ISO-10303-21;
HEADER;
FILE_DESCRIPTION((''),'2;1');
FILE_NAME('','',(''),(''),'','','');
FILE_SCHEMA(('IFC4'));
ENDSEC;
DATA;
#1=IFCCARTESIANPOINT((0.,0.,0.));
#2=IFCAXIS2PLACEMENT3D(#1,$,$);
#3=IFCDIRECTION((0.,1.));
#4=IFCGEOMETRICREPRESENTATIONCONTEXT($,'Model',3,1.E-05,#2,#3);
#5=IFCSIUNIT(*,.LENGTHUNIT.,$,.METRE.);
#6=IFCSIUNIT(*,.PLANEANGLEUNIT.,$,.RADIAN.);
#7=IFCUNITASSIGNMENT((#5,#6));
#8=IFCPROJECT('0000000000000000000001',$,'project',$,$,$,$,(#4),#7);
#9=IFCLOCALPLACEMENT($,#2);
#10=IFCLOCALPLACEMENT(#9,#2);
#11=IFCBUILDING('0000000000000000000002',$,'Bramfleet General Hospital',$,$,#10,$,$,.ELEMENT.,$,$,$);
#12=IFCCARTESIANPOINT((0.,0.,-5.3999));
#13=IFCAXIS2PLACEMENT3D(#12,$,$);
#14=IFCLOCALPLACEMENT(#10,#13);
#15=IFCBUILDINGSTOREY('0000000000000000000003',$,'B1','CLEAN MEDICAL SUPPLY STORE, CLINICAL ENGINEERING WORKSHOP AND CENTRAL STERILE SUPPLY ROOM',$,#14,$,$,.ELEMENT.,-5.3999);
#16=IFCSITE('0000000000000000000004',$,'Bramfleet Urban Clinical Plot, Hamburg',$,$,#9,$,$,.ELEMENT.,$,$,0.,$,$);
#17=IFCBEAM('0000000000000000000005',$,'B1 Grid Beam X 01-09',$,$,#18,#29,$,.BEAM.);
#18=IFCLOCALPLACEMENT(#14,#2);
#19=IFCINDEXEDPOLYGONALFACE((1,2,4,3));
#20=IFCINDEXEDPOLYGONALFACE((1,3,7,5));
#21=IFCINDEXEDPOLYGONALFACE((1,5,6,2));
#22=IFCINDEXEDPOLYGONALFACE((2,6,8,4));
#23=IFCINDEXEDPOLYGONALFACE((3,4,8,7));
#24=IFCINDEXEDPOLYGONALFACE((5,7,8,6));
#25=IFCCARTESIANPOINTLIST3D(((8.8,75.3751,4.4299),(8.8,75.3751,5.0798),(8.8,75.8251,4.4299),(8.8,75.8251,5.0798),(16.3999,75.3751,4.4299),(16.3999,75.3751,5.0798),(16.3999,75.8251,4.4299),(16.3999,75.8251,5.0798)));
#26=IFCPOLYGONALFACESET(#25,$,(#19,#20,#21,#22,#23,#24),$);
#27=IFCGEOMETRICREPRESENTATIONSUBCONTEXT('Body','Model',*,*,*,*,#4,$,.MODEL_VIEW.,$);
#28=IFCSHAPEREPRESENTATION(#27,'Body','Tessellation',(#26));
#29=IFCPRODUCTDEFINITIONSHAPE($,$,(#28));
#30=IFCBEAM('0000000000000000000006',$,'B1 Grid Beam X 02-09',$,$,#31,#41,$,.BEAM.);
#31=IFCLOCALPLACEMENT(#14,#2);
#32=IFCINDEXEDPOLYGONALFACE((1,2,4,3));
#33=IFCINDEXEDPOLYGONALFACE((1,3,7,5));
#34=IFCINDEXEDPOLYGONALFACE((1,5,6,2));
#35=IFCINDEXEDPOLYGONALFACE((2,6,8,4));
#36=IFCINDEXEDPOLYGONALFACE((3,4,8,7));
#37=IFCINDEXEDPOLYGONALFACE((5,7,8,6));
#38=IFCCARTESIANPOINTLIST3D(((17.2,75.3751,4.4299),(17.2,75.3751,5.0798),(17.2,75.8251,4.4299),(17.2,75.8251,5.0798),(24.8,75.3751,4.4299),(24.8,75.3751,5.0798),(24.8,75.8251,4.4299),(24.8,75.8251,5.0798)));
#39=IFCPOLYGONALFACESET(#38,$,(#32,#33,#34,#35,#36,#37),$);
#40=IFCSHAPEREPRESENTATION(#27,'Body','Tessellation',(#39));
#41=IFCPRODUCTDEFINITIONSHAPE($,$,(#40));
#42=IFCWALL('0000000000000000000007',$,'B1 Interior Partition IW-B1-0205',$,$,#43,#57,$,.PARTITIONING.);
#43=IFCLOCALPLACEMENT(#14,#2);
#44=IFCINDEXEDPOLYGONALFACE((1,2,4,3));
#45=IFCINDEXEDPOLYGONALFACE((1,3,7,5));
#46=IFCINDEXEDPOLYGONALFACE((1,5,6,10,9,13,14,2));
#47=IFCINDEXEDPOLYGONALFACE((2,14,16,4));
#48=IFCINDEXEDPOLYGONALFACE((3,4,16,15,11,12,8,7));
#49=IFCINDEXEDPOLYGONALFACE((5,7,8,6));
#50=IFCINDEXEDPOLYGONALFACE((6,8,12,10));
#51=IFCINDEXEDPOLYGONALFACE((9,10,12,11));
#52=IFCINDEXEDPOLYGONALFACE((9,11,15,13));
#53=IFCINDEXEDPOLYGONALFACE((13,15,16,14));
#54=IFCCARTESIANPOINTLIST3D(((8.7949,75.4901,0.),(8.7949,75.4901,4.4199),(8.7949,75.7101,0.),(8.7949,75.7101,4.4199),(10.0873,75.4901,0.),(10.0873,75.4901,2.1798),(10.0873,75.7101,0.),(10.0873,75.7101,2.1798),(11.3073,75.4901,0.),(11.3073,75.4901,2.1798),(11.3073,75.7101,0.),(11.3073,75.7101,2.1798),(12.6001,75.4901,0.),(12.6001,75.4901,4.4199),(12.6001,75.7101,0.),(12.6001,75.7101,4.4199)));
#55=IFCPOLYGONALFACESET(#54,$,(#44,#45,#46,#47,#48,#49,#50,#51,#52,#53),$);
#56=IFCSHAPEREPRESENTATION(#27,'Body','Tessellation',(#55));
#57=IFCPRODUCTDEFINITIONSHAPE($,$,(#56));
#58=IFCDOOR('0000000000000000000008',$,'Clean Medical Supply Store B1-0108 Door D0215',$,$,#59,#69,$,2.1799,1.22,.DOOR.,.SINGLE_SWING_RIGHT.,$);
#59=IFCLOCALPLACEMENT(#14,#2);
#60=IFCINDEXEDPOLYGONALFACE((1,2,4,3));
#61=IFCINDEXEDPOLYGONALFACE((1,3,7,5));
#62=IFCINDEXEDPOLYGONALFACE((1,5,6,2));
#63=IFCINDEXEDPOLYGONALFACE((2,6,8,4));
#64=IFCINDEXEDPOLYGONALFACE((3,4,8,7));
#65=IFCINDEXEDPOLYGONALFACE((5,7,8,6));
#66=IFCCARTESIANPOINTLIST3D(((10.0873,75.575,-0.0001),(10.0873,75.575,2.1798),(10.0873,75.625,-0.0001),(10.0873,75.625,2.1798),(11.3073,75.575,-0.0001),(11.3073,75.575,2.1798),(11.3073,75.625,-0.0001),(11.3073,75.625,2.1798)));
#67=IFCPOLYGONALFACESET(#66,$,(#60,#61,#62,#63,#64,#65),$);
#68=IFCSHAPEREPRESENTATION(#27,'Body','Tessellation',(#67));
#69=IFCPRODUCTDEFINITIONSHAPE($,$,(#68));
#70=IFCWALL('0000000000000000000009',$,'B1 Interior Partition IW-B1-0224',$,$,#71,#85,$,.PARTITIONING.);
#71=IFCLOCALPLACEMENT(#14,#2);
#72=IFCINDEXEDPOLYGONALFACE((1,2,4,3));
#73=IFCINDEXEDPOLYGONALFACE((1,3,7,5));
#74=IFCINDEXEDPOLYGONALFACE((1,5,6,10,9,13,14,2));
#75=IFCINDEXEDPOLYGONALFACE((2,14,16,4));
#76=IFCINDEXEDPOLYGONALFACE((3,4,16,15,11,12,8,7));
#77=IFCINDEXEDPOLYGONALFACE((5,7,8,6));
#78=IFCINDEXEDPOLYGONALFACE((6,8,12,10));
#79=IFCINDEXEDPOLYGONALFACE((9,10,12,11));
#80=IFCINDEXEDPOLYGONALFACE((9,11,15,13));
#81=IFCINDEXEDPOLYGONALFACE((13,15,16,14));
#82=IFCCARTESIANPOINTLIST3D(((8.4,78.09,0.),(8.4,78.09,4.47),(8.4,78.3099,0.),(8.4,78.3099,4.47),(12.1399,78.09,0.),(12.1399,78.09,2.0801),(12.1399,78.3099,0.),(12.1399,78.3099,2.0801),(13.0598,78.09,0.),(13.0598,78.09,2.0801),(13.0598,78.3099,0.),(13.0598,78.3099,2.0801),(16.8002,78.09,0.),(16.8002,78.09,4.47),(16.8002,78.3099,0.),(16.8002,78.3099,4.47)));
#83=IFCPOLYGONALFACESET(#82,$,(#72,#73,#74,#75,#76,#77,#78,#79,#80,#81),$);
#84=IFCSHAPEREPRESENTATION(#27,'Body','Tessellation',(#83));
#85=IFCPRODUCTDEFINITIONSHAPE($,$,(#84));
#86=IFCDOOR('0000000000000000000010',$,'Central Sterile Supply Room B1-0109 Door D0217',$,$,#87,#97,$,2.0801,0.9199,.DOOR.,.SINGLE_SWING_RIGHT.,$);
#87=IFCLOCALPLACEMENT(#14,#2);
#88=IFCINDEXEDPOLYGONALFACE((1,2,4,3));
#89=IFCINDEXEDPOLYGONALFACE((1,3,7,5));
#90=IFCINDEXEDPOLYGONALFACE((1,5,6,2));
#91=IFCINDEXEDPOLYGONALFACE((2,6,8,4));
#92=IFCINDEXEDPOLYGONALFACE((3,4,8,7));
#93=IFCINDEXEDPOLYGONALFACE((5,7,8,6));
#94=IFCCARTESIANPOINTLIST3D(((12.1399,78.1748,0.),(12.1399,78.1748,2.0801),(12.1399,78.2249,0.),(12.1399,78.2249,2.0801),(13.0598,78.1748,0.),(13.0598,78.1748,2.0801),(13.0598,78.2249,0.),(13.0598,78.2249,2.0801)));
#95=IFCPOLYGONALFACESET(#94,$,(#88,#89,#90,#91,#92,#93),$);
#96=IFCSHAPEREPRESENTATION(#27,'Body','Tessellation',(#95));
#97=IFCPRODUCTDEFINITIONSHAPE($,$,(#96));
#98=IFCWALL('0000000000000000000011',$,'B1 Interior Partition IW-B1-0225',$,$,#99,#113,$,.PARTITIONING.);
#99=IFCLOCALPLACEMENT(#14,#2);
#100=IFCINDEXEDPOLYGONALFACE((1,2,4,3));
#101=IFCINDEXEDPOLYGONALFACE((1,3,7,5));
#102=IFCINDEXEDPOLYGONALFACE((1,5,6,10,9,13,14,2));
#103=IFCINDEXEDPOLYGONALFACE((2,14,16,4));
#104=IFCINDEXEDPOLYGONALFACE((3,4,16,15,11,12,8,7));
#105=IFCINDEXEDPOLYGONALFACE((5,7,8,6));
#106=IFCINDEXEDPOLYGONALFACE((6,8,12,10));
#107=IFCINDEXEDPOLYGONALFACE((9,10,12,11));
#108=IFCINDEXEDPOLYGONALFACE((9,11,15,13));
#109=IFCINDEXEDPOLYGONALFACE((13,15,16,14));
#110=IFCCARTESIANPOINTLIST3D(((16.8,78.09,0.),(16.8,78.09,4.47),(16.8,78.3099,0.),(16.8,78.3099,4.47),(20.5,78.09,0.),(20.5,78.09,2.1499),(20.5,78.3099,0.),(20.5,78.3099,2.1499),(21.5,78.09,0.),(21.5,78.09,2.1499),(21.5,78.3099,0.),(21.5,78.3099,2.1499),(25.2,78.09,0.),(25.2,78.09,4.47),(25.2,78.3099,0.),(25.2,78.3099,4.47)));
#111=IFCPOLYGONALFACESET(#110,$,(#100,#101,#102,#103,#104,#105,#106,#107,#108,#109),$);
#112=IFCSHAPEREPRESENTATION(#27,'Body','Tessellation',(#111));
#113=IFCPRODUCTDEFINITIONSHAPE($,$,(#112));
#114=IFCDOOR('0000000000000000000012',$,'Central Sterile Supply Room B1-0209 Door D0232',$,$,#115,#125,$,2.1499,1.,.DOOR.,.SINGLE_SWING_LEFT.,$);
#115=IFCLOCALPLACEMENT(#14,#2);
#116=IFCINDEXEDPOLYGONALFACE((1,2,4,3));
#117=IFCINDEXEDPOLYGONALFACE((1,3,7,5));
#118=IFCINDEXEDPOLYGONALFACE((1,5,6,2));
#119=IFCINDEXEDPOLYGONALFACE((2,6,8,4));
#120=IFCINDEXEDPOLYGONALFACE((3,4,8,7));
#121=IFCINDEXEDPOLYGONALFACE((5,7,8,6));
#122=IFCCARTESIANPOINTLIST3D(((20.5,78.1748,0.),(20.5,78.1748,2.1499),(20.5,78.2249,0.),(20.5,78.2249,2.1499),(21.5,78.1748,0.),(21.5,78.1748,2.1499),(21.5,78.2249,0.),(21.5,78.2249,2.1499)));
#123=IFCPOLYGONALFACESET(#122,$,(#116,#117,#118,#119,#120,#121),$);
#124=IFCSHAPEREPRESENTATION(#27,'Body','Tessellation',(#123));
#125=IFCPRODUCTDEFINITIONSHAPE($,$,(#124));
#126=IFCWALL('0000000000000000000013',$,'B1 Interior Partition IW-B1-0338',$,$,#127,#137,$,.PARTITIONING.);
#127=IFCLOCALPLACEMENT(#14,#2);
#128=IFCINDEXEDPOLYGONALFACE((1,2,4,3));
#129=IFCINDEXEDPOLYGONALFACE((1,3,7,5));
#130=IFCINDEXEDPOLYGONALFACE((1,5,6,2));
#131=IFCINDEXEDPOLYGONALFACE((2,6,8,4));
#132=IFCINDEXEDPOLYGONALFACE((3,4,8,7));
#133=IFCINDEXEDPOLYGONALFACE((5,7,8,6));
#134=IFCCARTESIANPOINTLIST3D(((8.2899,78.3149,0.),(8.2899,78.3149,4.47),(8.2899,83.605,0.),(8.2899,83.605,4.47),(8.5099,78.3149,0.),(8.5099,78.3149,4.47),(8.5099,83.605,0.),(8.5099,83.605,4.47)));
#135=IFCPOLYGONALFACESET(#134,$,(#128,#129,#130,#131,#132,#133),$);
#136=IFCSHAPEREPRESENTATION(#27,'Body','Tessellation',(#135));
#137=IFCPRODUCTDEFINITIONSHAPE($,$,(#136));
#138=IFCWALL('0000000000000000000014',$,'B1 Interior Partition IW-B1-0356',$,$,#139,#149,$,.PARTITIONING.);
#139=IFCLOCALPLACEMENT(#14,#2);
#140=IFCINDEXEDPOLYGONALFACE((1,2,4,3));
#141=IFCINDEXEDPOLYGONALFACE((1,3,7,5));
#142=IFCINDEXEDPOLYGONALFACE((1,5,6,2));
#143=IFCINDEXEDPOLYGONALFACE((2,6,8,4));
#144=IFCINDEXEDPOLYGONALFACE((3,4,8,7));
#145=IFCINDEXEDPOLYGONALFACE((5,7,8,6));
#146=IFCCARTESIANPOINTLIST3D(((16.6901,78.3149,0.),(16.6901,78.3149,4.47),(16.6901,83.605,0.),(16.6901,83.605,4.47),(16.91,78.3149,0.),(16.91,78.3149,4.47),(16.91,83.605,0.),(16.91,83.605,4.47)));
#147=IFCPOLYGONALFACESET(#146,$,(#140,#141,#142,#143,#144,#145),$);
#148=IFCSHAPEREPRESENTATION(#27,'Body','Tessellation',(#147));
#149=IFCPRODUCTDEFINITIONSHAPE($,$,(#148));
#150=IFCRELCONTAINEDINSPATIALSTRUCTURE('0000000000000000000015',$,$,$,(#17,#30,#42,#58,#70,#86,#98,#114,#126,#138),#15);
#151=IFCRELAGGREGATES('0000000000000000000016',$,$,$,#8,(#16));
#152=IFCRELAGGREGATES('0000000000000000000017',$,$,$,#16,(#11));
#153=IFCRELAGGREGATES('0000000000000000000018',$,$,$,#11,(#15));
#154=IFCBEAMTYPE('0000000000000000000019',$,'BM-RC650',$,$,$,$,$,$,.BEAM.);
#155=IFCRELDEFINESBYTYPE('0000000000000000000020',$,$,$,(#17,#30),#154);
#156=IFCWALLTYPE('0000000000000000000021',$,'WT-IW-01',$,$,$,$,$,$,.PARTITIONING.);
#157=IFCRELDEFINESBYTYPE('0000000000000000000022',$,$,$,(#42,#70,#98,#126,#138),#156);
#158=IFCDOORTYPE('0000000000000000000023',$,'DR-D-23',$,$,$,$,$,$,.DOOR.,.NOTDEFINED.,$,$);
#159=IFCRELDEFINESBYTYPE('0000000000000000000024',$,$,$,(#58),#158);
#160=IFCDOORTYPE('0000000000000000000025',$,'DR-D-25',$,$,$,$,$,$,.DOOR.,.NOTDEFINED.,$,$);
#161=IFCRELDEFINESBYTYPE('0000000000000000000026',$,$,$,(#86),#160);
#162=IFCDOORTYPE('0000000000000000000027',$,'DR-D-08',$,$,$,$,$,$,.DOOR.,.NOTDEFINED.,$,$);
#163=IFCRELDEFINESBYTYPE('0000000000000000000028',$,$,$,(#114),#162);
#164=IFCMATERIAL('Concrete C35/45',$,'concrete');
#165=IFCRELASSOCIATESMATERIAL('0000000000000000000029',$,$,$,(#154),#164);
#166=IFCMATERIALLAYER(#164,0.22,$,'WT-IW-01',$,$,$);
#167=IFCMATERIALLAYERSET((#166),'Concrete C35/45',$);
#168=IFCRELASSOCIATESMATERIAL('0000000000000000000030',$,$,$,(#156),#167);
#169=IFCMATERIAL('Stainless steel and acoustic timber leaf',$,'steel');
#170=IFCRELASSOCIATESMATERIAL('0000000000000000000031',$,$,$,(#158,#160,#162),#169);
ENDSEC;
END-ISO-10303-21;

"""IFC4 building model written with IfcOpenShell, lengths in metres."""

from ifc_helpers import new_model, si_unit, direction, frame, frame_2d, origin, origin_2d, place, context, subcontext, project, spatial, rectangle, extrude, material, layer, layer_set, material_profile, profile_set, type_object, element, fill, save


model = new_model("IFC4")

# Units and contexts
model_context = context("Model", 3, precision=1e-05, world=origin(), true_north=direction((0.0, 1.0)))
body_context = subcontext(model_context, "Body", "Model", "MODEL_VIEW")
ifc_project = project(units=[si_unit("LENGTHUNIT", "METRE"), si_unit("PLANEANGLEUNIT", "RADIAN")], contexts=[model_context])

# Site, building, storey
site_placement = place(None, origin())
site = spatial("IfcSite", under=ifc_project, at=site_placement, Name="Bramfleet Urban Clinical Plot, Hamburg", CompositionType="ELEMENT", RefElevation=0.0)
building_placement = place(site_placement, origin())
building = spatial("IfcBuilding", under=site, at=building_placement, Name="Bramfleet General Hospital", CompositionType="ELEMENT")
storey_placement = place(building_placement, frame((0.0, 0.0, -5.3999)))
storey = spatial("IfcBuildingStorey", under=building, at=storey_placement, Name="B1", Description="CLEAN MEDICAL SUPPLY STORE, CLINICAL ENGINEERING WORKSHOP AND CENTRAL STERILE SUPPLY ROOM", CompositionType="ELEMENT", Elevation=-5.3999)

# Shared definitions
ifc_material_1 = material(Name="Concrete C35/45", Category="concrete")

# Beams
ifc_material_profile_1 = material_profile(ifc_material_1, rectangle(XDim=0.45, YDim=0.6499, at=origin_2d()), Name="RC BM 650x450")
ifc_profile_set_1 = profile_set([ifc_material_profile_1], Name="Concrete C35/45")
beam_type_1 = type_object("IfcBeamType", Name="BM-RC650", PredefinedType="BEAM", material=ifc_profile_set_1)
beam_1_placement = place(storey_placement, frame((8.8, 75.6001, 4.7549), z_axis=(1.0, 0.0, 0.0), x_axis=(0.0, 1.0, 0.0)))
element("IfcBeam", 1, at=beam_1_placement, inside=storey, type_object=beam_type_1, Name="B1 Grid Beam X 01-09", PredefinedType="BEAM", context=body_context, shape_type="SweptSolid", body=[
    extrude(rectangle(XDim=0.45, YDim=0.6499, at=origin_2d()), origin(), (0.0, 0.0, 1.0), 7.5999),
])
beam_2_placement = place(storey_placement, frame((17.2, 75.6001, 4.7549), z_axis=(1.0, 0.0, 0.0), x_axis=(0.0, 1.0, 0.0)))
element("IfcBeam", 2, at=beam_2_placement, inside=storey, type_object=beam_type_1, Name="B1 Grid Beam X 02-09", PredefinedType="BEAM", context=body_context, shape_type="SweptSolid", body=[
    extrude(rectangle(XDim=0.45, YDim=0.6499, at=origin_2d()), origin(), (0.0, 0.0, 1.0), 7.6001),
])

# Walls, openings, doors
ifc_layer_1 = layer(ifc_material_1, 0.22, Name="WT-IW-01")
ifc_layer_set_1 = layer_set([ifc_layer_1], Name="Concrete C35/45")
wall_type_1 = type_object("IfcWallType", Name="WT-IW-01", PredefinedType="PARTITIONING", material=ifc_layer_set_1)
wall_1_placement = place(storey_placement, frame((8.7949, 75.6001, 0.0), z_axis=(0.0, 0.0, 1.0), x_axis=(1.0, 0.0, 0.0)))
wall_1 = element("IfcWall", 3, at=wall_1_placement, inside=storey, type_object=wall_type_1, Name="B1 Interior Partition IW-B1-0205", PredefinedType="PARTITIONING", context=body_context, shape_type="SweptSolid", body=[
    extrude(rectangle(XDim=3.8052, YDim=0.22, at=frame_2d((1.9026, 0.0))), origin(), (0.0, 0.0, 1.0), 4.4199),
])
opening_1_placement = place(wall_1_placement, frame((1.2925, 0.0, 0.0)))
opening_1 = element("IfcOpeningElement", 4, at=opening_1_placement, cuts=wall_1, PredefinedType="OPENING", context=body_context, shape_type="SweptSolid", body=[
    extrude(rectangle(XDim=1.22, YDim=2.1799, at=frame_2d((0.6099, 1.0898))), frame((0.0, 0.1199, 0.0), z_axis=(0.0, -1.0, 0.0), x_axis=(1.0, 0.0, 0.0)), (0.0, 0.0, 1.0), 0.24),
])
ifc_material_2 = material(Name="Stainless steel and acoustic timber leaf", Category="steel")
door_type_1 = type_object("IfcDoorType", Name="DR-D-23", OperationType="NOTDEFINED", PredefinedType="DOOR", material=ifc_material_2)
door_1_placement = place(opening_1_placement, origin())
door_1 = element("IfcDoor", 5, at=door_1_placement, inside=storey, type_object=door_type_1, Name="Clean Medical Supply Store B1-0108 Door D0215", OperationType="SINGLE_SWING_RIGHT", OverallHeight=2.1799, OverallWidth=1.22, PredefinedType="DOOR", context=body_context, shape_type="SweptSolid", body=[
    extrude(rectangle(XDim=1.22, YDim=2.1799, at=frame_2d((0.6099, 1.0898))), frame((0.0, 0.0249, 0.0), z_axis=(0.0, -1.0, 0.0), x_axis=(1.0, 0.0, 0.0)), (0.0, 0.0, 1.0), 0.05),
])
fill(opening_1, door_1)
wall_2_placement = place(storey_placement, frame((8.3999, 78.2, 0.0), z_axis=(0.0, 0.0, 1.0), x_axis=(1.0, 0.0, 0.0)))
wall_2 = element("IfcWall", 6, at=wall_2_placement, inside=storey, type_object=wall_type_1, Name="B1 Interior Partition IW-B1-0224", PredefinedType="PARTITIONING", context=body_context, shape_type="SweptSolid", body=[
    extrude(rectangle(XDim=8.4001, YDim=0.22, at=frame_2d((4.2002, 0.0))), origin(), (0.0, 0.0, 1.0), 4.47),
])
opening_2_placement = place(wall_2_placement, frame((3.74, 0.0, 0.0)))
opening_2 = element("IfcOpeningElement", 7, at=opening_2_placement, cuts=wall_2, PredefinedType="OPENING", context=body_context, shape_type="SweptSolid", body=[
    extrude(rectangle(XDim=0.9199, YDim=2.0801, at=frame_2d((0.46, 1.04))), frame((0.0, 0.1199, 0.0), z_axis=(0.0, -1.0, 0.0), x_axis=(1.0, 0.0, 0.0)), (0.0, 0.0, 1.0), 0.24),
])
door_type_2 = type_object("IfcDoorType", Name="DR-D-25", OperationType="NOTDEFINED", PredefinedType="DOOR", material=ifc_material_2)
door_2_placement = place(opening_2_placement, origin())
door_2 = element("IfcDoor", 8, at=door_2_placement, inside=storey, type_object=door_type_2, Name="Central Sterile Supply Room B1-0109 Door D0217", OperationType="SINGLE_SWING_RIGHT", OverallHeight=2.0801, OverallWidth=0.9199, PredefinedType="DOOR", context=body_context, shape_type="SweptSolid", body=[
    extrude(rectangle(XDim=0.9199, YDim=2.0801, at=frame_2d((0.46, 1.04))), frame((0.0, 0.0249, 0.0), z_axis=(0.0, -1.0, 0.0), x_axis=(1.0, 0.0, 0.0)), (0.0, 0.0, 1.0), 0.05),
])
fill(opening_2, door_2)
wall_3_placement = place(storey_placement, frame((16.8, 78.2, 0.0), z_axis=(0.0, 0.0, 1.0), x_axis=(1.0, 0.0, 0.0)))
wall_3 = element("IfcWall", 9, at=wall_3_placement, inside=storey, type_object=wall_type_1, Name="B1 Interior Partition IW-B1-0225", PredefinedType="PARTITIONING", context=body_context, shape_type="SweptSolid", body=[
    extrude(rectangle(XDim=8.3999, YDim=0.22, at=frame_2d((4.2, 0.0))), origin(), (0.0, 0.0, 1.0), 4.47),
])
opening_3_placement = place(wall_3_placement, frame((3.7, 0.0, 0.0)))
opening_3 = element("IfcOpeningElement", 10, at=opening_3_placement, cuts=wall_3, PredefinedType="OPENING", context=body_context, shape_type="SweptSolid", body=[
    extrude(rectangle(XDim=1.0, YDim=2.1499, at=frame_2d((0.5, 1.075))), frame((0.0, 0.1199, 0.0), z_axis=(0.0, -1.0, 0.0), x_axis=(1.0, 0.0, 0.0)), (0.0, 0.0, 1.0), 0.24),
])
door_type_3 = type_object("IfcDoorType", Name="DR-D-08", OperationType="NOTDEFINED", PredefinedType="DOOR", material=ifc_material_2)
door_3_placement = place(opening_3_placement, origin())
door_3 = element("IfcDoor", 11, at=door_3_placement, inside=storey, type_object=door_type_3, Name="Central Sterile Supply Room B1-0209 Door D0232", OperationType="SINGLE_SWING_LEFT", OverallHeight=2.1499, OverallWidth=1.0, PredefinedType="DOOR", context=body_context, shape_type="SweptSolid", body=[
    extrude(rectangle(XDim=1.0, YDim=2.1499, at=frame_2d((0.5, 1.075))), frame((0.0, 0.0249, 0.0), z_axis=(0.0, -1.0, 0.0), x_axis=(1.0, 0.0, 0.0)), (0.0, 0.0, 1.0), 0.05),
])
fill(opening_3, door_3)

# Walls
for number, where, z_axis, x_axis, name in (
    (12, (8.3999, 78.3149, 0.0), (0.0, 0.0, 1.0), (0.0, 1.0, 0.0), "B1 Interior Partition IW-B1-0338"),
    (13, (16.8, 78.3149, 0.0), (0.0, 0.0, 1.0), (0.0, 1.0, 0.0), "B1 Interior Partition IW-B1-0356"),
):
    element("IfcWall", number, at=place(storey_placement, frame(where, z_axis=z_axis, x_axis=x_axis)), inside=storey, type_object=wall_type_1, Name=name, PredefinedType="PARTITIONING", context=body_context, shape_type="SweptSolid", body=[
        extrude(rectangle(XDim=5.29, YDim=0.22, at=frame_2d((2.645, 0.0))), origin(), (0.0, 0.0, 1.0), 4.47),
    ])

save(model, "model.ifc")
